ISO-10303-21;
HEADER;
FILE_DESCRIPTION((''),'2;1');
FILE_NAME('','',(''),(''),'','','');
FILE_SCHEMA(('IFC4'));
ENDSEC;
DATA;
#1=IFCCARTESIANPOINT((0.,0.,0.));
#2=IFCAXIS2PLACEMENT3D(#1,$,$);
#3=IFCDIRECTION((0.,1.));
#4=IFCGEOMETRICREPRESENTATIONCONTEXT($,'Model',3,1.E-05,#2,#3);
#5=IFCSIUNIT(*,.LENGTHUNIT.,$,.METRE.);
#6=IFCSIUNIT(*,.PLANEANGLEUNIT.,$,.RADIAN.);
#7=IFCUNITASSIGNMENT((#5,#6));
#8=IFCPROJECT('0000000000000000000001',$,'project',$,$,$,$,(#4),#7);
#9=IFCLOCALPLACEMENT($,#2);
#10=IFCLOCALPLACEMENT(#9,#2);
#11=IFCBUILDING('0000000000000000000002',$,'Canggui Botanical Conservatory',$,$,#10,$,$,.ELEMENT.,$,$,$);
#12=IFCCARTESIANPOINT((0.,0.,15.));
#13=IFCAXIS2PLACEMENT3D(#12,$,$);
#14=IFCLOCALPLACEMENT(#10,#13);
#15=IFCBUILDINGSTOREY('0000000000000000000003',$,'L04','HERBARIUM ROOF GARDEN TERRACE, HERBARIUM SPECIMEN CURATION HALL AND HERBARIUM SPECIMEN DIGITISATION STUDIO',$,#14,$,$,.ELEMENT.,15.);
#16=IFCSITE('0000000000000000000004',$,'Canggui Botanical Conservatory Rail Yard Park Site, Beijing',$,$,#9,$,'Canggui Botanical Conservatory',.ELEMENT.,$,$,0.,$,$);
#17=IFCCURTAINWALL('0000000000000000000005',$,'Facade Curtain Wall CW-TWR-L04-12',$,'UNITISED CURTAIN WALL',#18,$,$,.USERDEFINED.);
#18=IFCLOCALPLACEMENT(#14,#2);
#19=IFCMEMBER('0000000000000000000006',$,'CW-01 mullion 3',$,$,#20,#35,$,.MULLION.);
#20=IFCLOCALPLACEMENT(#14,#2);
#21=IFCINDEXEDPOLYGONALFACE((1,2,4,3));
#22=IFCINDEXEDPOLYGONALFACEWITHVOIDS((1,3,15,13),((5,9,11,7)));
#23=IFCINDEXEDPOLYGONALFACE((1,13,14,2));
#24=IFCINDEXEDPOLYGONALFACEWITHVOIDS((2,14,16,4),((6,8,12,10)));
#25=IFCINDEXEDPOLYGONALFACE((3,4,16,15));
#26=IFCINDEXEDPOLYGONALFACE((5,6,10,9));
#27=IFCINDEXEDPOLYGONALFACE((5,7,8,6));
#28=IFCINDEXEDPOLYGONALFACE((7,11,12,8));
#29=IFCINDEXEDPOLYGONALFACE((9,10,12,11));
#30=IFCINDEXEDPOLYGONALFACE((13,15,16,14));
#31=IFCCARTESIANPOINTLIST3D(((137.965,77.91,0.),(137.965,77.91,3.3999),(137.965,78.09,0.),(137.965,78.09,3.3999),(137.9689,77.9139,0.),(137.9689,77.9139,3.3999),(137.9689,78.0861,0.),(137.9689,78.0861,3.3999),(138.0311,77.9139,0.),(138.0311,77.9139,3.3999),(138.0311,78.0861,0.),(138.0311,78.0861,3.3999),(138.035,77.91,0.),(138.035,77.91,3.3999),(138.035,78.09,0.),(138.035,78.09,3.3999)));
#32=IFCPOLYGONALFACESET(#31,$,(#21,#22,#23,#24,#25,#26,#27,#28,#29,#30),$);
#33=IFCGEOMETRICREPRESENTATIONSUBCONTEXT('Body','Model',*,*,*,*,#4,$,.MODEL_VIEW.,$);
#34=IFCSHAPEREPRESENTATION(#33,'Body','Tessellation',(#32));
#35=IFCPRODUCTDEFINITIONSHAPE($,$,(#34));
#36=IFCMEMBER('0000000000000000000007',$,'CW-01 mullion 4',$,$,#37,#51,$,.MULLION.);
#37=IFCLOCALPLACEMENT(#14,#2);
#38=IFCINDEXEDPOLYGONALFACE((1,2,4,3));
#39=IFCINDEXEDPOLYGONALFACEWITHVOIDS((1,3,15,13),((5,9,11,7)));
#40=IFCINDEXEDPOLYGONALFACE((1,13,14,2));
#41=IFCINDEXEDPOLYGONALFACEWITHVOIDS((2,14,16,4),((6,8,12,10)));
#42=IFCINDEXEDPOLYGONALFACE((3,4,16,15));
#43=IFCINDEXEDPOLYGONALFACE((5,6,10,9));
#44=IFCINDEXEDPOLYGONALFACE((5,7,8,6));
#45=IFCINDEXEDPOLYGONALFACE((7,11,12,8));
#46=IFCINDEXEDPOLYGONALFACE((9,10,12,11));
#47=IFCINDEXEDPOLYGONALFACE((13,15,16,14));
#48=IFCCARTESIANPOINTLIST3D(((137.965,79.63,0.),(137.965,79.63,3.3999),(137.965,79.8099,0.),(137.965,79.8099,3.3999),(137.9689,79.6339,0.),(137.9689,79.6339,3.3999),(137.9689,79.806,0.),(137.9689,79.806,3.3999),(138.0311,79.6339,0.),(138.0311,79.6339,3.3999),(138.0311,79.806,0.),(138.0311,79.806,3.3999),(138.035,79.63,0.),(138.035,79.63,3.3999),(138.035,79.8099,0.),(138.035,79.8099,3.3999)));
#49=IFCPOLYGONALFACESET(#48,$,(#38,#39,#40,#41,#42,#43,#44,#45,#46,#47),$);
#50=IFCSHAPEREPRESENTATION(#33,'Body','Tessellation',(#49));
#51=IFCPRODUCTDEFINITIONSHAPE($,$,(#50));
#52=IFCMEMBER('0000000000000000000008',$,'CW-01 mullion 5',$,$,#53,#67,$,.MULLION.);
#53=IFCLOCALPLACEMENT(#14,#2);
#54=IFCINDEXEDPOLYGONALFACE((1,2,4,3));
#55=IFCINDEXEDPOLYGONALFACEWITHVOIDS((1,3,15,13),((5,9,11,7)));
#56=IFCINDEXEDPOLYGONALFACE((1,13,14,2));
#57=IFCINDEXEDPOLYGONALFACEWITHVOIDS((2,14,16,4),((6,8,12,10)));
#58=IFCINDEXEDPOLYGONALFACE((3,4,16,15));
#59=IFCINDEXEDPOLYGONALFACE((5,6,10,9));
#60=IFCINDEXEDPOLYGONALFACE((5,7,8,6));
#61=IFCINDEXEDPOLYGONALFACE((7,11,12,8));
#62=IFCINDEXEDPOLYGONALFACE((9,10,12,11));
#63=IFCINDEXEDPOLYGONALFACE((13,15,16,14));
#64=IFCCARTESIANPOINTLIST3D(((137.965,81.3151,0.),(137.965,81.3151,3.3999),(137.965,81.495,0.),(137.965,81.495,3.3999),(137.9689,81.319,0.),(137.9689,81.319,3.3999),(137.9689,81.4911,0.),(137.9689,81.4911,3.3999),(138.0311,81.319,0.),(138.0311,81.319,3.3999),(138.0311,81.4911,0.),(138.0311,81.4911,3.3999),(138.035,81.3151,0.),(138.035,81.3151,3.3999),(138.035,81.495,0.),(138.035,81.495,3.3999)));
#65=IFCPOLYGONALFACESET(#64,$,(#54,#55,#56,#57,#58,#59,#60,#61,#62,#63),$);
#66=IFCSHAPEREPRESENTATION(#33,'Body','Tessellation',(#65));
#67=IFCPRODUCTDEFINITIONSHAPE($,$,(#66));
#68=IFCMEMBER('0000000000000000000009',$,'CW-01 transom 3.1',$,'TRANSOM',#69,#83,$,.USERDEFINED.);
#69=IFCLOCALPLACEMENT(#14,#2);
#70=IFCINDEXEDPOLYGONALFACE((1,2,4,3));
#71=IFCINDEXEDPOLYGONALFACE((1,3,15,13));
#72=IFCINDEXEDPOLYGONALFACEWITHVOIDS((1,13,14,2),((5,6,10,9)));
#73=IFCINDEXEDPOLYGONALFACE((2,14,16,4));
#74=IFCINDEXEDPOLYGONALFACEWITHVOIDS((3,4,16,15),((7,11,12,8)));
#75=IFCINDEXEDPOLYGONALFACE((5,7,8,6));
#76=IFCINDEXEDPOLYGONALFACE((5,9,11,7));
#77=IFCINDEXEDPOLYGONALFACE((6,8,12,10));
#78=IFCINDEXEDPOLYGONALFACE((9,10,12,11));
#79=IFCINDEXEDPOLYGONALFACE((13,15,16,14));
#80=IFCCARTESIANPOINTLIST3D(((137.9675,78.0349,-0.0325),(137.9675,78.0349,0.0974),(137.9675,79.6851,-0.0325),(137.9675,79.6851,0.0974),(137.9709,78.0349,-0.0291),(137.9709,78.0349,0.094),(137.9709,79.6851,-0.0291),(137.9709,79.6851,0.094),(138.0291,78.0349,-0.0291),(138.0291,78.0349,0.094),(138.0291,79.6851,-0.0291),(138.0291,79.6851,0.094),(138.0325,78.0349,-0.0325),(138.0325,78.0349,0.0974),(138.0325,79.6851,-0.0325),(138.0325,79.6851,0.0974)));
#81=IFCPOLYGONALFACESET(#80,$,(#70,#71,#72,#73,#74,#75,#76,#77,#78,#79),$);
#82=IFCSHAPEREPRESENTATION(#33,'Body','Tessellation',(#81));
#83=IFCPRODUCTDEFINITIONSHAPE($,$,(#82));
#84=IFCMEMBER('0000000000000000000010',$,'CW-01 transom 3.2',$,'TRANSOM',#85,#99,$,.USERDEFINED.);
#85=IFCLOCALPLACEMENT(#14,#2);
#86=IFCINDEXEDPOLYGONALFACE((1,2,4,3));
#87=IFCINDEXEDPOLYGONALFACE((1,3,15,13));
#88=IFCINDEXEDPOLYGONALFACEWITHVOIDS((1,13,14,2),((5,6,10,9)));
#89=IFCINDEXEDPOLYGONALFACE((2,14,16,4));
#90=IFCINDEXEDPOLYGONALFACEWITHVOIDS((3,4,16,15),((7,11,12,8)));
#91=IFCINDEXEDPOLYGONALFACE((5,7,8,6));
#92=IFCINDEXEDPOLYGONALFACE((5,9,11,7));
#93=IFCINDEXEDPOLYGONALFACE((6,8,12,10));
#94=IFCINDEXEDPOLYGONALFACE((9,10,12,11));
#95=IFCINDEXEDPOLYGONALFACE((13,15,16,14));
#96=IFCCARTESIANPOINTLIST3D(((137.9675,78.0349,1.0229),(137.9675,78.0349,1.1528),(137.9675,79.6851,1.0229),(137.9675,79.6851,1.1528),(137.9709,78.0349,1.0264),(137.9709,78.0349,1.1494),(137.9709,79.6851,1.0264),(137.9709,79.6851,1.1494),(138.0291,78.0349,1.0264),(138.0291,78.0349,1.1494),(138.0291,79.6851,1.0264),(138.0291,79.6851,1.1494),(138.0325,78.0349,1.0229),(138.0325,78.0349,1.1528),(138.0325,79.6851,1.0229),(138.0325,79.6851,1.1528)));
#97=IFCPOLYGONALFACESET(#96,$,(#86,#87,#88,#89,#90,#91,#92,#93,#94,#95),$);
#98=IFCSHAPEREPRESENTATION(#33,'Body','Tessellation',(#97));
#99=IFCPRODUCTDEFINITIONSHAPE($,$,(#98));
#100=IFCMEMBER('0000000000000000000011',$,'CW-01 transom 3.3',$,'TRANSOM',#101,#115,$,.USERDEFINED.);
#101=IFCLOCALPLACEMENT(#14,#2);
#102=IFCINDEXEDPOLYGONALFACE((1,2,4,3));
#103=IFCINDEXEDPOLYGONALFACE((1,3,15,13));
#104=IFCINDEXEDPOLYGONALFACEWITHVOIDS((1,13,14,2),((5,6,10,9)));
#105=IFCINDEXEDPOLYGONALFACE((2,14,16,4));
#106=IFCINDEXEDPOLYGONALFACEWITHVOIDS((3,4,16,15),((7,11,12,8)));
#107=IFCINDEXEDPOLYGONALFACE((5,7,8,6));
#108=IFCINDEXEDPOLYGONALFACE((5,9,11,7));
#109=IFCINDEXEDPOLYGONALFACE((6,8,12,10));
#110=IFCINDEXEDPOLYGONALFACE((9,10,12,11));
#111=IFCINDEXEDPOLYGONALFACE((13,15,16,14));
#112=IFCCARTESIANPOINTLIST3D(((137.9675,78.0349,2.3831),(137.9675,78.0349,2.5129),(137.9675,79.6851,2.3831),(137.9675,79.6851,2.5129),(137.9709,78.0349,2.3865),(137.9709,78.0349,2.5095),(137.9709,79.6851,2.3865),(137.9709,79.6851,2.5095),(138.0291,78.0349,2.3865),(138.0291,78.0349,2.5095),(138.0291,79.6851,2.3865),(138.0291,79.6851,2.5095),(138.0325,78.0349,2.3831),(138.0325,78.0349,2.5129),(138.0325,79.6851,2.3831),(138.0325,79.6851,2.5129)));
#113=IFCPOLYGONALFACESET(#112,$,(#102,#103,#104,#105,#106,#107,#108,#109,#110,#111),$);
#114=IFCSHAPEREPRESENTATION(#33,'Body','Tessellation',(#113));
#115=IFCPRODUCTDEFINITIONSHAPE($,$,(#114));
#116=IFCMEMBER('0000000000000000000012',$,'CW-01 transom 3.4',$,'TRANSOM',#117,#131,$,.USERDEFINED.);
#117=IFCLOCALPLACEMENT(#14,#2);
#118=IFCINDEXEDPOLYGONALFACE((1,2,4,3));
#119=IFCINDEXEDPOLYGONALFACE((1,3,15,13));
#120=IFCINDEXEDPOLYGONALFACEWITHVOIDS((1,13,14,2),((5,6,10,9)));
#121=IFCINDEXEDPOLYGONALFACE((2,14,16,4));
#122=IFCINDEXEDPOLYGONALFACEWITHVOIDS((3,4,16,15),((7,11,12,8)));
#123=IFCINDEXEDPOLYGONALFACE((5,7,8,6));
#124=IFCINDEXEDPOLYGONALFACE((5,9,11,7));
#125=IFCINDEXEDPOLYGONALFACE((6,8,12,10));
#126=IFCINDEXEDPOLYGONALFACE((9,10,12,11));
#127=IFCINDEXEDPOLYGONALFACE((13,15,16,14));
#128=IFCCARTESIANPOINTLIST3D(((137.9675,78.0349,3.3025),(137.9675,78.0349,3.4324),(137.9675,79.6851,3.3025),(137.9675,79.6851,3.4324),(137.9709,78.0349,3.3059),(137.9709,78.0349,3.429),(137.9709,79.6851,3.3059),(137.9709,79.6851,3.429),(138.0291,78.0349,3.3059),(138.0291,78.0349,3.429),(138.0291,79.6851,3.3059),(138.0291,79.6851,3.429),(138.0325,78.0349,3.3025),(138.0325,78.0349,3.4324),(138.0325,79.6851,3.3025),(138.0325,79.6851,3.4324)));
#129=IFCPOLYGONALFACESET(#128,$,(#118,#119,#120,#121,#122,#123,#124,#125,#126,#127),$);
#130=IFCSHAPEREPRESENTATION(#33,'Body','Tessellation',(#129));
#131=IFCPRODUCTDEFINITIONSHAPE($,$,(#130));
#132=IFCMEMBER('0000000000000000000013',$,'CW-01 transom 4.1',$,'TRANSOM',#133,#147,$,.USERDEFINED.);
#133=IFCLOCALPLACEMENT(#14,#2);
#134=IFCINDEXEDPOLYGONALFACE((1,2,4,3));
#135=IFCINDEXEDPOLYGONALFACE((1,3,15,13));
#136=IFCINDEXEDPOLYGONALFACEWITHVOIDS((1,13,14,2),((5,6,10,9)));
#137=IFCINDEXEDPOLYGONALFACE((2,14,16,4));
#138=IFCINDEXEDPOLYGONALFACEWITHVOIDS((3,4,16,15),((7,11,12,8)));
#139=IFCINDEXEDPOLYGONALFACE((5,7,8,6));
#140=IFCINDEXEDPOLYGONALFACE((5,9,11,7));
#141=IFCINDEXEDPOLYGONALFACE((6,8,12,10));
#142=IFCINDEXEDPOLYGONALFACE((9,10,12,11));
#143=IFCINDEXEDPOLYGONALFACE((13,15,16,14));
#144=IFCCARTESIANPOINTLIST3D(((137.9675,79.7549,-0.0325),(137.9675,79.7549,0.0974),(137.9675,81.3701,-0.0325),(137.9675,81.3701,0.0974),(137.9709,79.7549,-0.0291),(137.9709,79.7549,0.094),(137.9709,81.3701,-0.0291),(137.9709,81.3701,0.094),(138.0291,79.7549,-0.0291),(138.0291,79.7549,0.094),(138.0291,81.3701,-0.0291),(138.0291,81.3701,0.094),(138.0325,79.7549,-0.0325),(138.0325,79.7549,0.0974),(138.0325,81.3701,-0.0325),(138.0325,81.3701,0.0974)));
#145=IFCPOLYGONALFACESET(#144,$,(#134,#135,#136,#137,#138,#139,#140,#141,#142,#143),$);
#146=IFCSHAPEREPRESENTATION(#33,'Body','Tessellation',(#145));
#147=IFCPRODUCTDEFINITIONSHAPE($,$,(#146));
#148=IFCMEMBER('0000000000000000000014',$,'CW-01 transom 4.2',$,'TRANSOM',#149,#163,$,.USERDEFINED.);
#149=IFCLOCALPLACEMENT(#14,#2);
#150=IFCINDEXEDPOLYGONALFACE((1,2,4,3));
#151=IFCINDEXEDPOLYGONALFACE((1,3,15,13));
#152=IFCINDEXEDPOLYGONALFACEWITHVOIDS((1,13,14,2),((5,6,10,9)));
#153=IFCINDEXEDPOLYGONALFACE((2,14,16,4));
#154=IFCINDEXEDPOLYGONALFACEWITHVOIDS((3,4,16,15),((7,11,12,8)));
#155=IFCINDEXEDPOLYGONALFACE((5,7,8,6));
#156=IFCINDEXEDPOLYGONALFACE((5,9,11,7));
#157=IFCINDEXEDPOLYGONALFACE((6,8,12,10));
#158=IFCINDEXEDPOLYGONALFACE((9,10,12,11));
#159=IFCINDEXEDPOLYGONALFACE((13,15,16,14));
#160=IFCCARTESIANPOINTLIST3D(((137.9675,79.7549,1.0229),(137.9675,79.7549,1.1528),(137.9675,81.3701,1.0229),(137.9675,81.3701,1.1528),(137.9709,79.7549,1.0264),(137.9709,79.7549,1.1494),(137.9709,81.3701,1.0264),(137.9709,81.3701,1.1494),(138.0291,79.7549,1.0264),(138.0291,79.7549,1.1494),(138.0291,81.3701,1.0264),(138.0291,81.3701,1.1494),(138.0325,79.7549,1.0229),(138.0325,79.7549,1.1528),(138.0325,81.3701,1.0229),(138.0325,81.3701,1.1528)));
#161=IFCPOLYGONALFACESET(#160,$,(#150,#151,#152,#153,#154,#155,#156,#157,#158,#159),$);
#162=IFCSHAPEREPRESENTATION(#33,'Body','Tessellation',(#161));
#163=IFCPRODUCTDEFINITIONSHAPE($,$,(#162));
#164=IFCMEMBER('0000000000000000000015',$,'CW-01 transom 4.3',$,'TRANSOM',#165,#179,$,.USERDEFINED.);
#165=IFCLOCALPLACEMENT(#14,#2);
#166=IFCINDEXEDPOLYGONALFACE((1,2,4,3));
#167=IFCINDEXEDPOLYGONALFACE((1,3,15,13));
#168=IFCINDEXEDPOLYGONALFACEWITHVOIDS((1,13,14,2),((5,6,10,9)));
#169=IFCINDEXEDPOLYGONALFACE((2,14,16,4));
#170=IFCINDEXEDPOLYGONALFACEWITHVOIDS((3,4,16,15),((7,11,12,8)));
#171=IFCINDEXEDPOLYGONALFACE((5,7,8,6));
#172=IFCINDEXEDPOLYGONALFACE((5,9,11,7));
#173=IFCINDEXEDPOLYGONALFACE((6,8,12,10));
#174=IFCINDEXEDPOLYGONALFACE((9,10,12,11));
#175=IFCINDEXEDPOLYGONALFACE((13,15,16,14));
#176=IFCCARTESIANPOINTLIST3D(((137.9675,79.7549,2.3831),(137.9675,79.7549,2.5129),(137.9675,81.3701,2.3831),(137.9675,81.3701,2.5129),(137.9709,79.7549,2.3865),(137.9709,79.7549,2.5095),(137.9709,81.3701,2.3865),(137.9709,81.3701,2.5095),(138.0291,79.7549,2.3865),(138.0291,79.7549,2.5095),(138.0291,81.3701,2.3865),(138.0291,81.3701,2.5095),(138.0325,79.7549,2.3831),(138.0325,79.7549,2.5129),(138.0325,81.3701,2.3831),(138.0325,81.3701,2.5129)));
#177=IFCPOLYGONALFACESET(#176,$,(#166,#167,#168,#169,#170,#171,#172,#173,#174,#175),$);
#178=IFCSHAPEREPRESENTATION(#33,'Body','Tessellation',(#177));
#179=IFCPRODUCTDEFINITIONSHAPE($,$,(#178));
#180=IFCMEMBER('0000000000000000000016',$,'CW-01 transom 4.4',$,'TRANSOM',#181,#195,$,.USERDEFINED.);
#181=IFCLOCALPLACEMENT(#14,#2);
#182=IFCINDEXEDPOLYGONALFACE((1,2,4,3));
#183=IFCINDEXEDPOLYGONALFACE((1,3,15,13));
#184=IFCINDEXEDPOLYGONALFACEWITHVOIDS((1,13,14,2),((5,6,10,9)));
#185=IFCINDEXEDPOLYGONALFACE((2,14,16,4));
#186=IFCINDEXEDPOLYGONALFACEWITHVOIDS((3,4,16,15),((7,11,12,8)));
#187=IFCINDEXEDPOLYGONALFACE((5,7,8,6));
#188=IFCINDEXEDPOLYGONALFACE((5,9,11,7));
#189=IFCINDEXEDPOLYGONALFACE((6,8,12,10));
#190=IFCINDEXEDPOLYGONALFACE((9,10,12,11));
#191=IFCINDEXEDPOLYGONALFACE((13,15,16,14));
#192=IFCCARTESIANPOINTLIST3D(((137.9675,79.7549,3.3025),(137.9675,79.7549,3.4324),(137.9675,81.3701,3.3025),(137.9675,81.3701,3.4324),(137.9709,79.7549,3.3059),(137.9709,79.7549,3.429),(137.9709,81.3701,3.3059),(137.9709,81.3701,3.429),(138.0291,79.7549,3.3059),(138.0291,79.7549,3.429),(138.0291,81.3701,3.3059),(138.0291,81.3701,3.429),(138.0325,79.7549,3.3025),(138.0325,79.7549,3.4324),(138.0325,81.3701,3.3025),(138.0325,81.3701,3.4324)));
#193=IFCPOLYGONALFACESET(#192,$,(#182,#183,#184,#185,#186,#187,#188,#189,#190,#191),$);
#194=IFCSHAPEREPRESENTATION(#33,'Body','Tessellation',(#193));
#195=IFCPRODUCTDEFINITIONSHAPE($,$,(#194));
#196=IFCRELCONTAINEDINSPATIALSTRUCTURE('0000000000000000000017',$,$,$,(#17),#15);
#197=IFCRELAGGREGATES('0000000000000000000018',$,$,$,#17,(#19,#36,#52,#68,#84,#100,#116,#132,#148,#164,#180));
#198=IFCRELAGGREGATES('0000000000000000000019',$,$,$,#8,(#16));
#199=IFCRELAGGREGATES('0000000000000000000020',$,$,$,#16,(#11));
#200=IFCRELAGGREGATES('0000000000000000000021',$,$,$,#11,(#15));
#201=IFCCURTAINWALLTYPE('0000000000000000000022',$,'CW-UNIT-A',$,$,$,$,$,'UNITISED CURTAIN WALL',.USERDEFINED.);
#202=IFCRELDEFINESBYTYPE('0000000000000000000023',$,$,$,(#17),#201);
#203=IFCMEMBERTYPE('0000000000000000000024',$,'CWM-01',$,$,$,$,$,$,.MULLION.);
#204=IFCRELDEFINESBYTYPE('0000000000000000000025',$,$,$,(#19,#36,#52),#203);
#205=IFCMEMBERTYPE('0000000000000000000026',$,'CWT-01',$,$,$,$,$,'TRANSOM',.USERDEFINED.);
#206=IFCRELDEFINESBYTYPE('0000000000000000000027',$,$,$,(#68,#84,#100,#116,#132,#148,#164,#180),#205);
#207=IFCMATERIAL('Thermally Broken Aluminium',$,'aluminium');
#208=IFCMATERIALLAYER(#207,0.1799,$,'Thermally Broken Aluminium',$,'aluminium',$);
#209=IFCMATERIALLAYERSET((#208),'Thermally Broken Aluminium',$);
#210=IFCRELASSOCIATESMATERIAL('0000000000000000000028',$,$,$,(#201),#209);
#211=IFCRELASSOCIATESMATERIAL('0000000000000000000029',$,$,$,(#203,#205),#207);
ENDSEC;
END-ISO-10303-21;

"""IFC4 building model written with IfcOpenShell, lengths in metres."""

from ifc_helpers import new_model, si_unit, direction, frame, origin, origin_2d, place, context, subcontext, project, spatial, hollow_rectangle, extrude, material, layer, layer_set, material_profile, profile_set, type_object, element, aggregate, save


model = new_model("IFC4")

# Units and contexts
model_context = context("Model", 3, precision=1e-05, world=origin(), true_north=direction((0.0, 1.0)))
body_context = subcontext(model_context, "Body", "Model", "MODEL_VIEW")
ifc_project = project(units=[si_unit("LENGTHUNIT", "METRE"), si_unit("PLANEANGLEUNIT", "RADIAN")], contexts=[model_context])

# Site, building, storey
site_placement = place(None, origin())
site = spatial("IfcSite", under=ifc_project, at=site_placement, Name="Canggui Botanical Conservatory Rail Yard Park Site, Beijing", LongName="Canggui Botanical Conservatory", CompositionType="ELEMENT", RefElevation=0.0)
building_placement = place(site_placement, origin())
building = spatial("IfcBuilding", under=site, at=building_placement, Name="Canggui Botanical Conservatory", CompositionType="ELEMENT")
storey_placement = place(building_placement, frame((0.0, 0.0, 15.0)))
storey = spatial("IfcBuildingStorey", under=building, at=storey_placement, Name="L04", Description="HERBARIUM ROOF GARDEN TERRACE, HERBARIUM SPECIMEN CURATION HALL AND HERBARIUM SPECIMEN DIGITISATION STUDIO", CompositionType="ELEMENT", Elevation=15.0)

# Curtain wall, members
ifc_material_1 = material(Name="Thermally Broken Aluminium", Category="aluminium")
ifc_layer_1 = layer(ifc_material_1, 0.1799, Name="Thermally Broken Aluminium", Category="aluminium")
ifc_layer_set_1 = layer_set([ifc_layer_1], Name="Thermally Broken Aluminium")
curtain_wall_type = type_object("IfcCurtainWallType", Name="CW-UNIT-A", ElementType="UNITISED CURTAIN WALL", PredefinedType="USERDEFINED", material=ifc_layer_set_1)
curtain_wall_placement = place(storey_placement, origin())
curtain_wall = element("IfcCurtainWall", 1, at=curtain_wall_placement, inside=storey, type_object=curtain_wall_type, Name="Facade Curtain Wall CW-TWR-L04-12", ObjectType="UNITISED CURTAIN WALL", PredefinedType="USERDEFINED")
ifc_material_profile_1 = material_profile(ifc_material_1, hollow_rectangle(XDim=0.0701, YDim=0.1799, WallThickness=0.0039, at=origin_2d()), Name="CWM 70x180x4")
ifc_profile_set_1 = profile_set([ifc_material_profile_1], Name="Thermally Broken Aluminium")
member_type_1 = type_object("IfcMemberType", Name="CWM-01", PredefinedType="MULLION", material=ifc_profile_set_1)
member_1_placement = place(storey_placement, frame((138.0, 78.0, 0.0), z_axis=(0.0, 0.0, 1.0), x_axis=(-1.0, 0.0, 0.0)))
member_1 = element("IfcMember", 2, at=member_1_placement, type_object=member_type_1, Name="CW-01 mullion 3", PredefinedType="MULLION", context=body_context, shape_type="SweptSolid", body=[
    extrude(hollow_rectangle(XDim=0.0701, YDim=0.1799, WallThickness=0.0039, at=origin_2d()), origin(), (0.0, 0.0, 1.0), 3.3999),
])
member_2_placement = place(storey_placement, frame((138.0, 79.72, 0.0), z_axis=(0.0, 0.0, 1.0), x_axis=(-1.0, 0.0, 0.0)))
member_2 = element("IfcMember", 3, at=member_2_placement, type_object=member_type_1, Name="CW-01 mullion 4", PredefinedType="MULLION", context=body_context, shape_type="SweptSolid", body=[
    extrude(hollow_rectangle(XDim=0.0701, YDim=0.1799, WallThickness=0.0039, at=origin_2d()), origin(), (0.0, 0.0, 1.0), 3.3999),
])
member_3_placement = place(storey_placement, frame((138.0, 81.405, 0.0), z_axis=(0.0, 0.0, 1.0), x_axis=(-1.0, 0.0, 0.0)))
member_3 = element("IfcMember", 4, at=member_3_placement, type_object=member_type_1, Name="CW-01 mullion 5", PredefinedType="MULLION", context=body_context, shape_type="SweptSolid", body=[
    extrude(hollow_rectangle(XDim=0.0701, YDim=0.1799, WallThickness=0.0039, at=origin_2d()), origin(), (0.0, 0.0, 1.0), 3.3999),
])
ifc_material_profile_2 = material_profile(ifc_material_1, hollow_rectangle(XDim=0.0649, YDim=0.1299, WallThickness=0.0034, at=origin_2d()), Name="CWT 65x130x3.5")
ifc_profile_set_2 = profile_set([ifc_material_profile_2], Name="Thermally Broken Aluminium")
member_type_2 = type_object("IfcMemberType", Name="CWT-01", ElementType="TRANSOM", PredefinedType="USERDEFINED", material=ifc_profile_set_2)
member_4_placement = place(storey_placement, frame((138.0, 78.0349, 0.0325), z_axis=(0.0, 1.0, 0.0), x_axis=(-1.0, 0.0, 0.0)))
member_4 = element("IfcMember", 5, at=member_4_placement, type_object=member_type_2, Name="CW-01 transom 3.1", ObjectType="TRANSOM", PredefinedType="USERDEFINED", context=body_context, shape_type="SweptSolid", body=[
    extrude(hollow_rectangle(XDim=0.0649, YDim=0.1299, WallThickness=0.0034, at=origin_2d()), origin(), (0.0, 0.0, 1.0), 1.6501),
])
member_5_placement = place(storey_placement, frame((138.0, 78.0349, 1.0879), z_axis=(0.0, 1.0, 0.0), x_axis=(-1.0, 0.0, 0.0)))
member_5 = element("IfcMember", 6, at=member_5_placement, type_object=member_type_2, Name="CW-01 transom 3.2", ObjectType="TRANSOM", PredefinedType="USERDEFINED", context=body_context, shape_type="SweptSolid", body=[
    extrude(hollow_rectangle(XDim=0.0649, YDim=0.1299, WallThickness=0.0034, at=origin_2d()), origin(), (0.0, 0.0, 1.0), 1.6501),
])
member_6_placement = place(storey_placement, frame((138.0, 78.0349, 2.448), z_axis=(0.0, 1.0, 0.0), x_axis=(-1.0, 0.0, 0.0)))
member_6 = element("IfcMember", 7, at=member_6_placement, type_object=member_type_2, Name="CW-01 transom 3.3", ObjectType="TRANSOM", PredefinedType="USERDEFINED", context=body_context, shape_type="SweptSolid", body=[
    extrude(hollow_rectangle(XDim=0.0649, YDim=0.1299, WallThickness=0.0034, at=origin_2d()), origin(), (0.0, 0.0, 1.0), 1.6501),
])
member_7_placement = place(storey_placement, frame((138.0, 78.0349, 3.3674), z_axis=(0.0, 1.0, 0.0), x_axis=(-1.0, 0.0, 0.0)))
member_7 = element("IfcMember", 8, at=member_7_placement, type_object=member_type_2, Name="CW-01 transom 3.4", ObjectType="TRANSOM", PredefinedType="USERDEFINED", context=body_context, shape_type="SweptSolid", body=[
    extrude(hollow_rectangle(XDim=0.0649, YDim=0.1299, WallThickness=0.0034, at=origin_2d()), origin(), (0.0, 0.0, 1.0), 1.6501),
])
member_8_placement = place(storey_placement, frame((138.0, 79.7549, 0.0325), z_axis=(0.0, 1.0, 0.0), x_axis=(-1.0, 0.0, 0.0)))
member_8 = element("IfcMember", 9, at=member_8_placement, type_object=member_type_2, Name="CW-01 transom 4.1", ObjectType="TRANSOM", PredefinedType="USERDEFINED", context=body_context, shape_type="SweptSolid", body=[
    extrude(hollow_rectangle(XDim=0.0649, YDim=0.1299, WallThickness=0.0034, at=origin_2d()), origin(), (0.0, 0.0, 1.0), 1.6152),
])
member_9_placement = place(storey_placement, frame((138.0, 79.7549, 1.0879), z_axis=(0.0, 1.0, 0.0), x_axis=(-1.0, 0.0, 0.0)))
member_9 = element("IfcMember", 10, at=member_9_placement, type_object=member_type_2, Name="CW-01 transom 4.2", ObjectType="TRANSOM", PredefinedType="USERDEFINED", context=body_context, shape_type="SweptSolid", body=[
    extrude(hollow_rectangle(XDim=0.0649, YDim=0.1299, WallThickness=0.0034, at=origin_2d()), origin(), (0.0, 0.0, 1.0), 1.6152),
])
member_10_placement = place(storey_placement, frame((138.0, 79.7549, 2.448), z_axis=(0.0, 1.0, 0.0), x_axis=(-1.0, 0.0, 0.0)))
member_10 = element("IfcMember", 11, at=member_10_placement, type_object=member_type_2, Name="CW-01 transom 4.3", ObjectType="TRANSOM", PredefinedType="USERDEFINED", context=body_context, shape_type="SweptSolid", body=[
    extrude(hollow_rectangle(XDim=0.0649, YDim=0.1299, WallThickness=0.0034, at=origin_2d()), origin(), (0.0, 0.0, 1.0), 1.6152),
])
member_11_placement = place(storey_placement, frame((138.0, 79.7549, 3.3674), z_axis=(0.0, 1.0, 0.0), x_axis=(-1.0, 0.0, 0.0)))
member_11 = element("IfcMember", 12, at=member_11_placement, type_object=member_type_2, Name="CW-01 transom 4.4", ObjectType="TRANSOM", PredefinedType="USERDEFINED", context=body_context, shape_type="SweptSolid", body=[
    extrude(hollow_rectangle(XDim=0.0649, YDim=0.1299, WallThickness=0.0034, at=origin_2d()), origin(), (0.0, 0.0, 1.0), 1.6152),
])
aggregate(curtain_wall, [member_1, member_2, member_3, member_4, member_5, member_6, member_7, member_8, member_9, member_10, member_11])

save(model, "model.ifc")
